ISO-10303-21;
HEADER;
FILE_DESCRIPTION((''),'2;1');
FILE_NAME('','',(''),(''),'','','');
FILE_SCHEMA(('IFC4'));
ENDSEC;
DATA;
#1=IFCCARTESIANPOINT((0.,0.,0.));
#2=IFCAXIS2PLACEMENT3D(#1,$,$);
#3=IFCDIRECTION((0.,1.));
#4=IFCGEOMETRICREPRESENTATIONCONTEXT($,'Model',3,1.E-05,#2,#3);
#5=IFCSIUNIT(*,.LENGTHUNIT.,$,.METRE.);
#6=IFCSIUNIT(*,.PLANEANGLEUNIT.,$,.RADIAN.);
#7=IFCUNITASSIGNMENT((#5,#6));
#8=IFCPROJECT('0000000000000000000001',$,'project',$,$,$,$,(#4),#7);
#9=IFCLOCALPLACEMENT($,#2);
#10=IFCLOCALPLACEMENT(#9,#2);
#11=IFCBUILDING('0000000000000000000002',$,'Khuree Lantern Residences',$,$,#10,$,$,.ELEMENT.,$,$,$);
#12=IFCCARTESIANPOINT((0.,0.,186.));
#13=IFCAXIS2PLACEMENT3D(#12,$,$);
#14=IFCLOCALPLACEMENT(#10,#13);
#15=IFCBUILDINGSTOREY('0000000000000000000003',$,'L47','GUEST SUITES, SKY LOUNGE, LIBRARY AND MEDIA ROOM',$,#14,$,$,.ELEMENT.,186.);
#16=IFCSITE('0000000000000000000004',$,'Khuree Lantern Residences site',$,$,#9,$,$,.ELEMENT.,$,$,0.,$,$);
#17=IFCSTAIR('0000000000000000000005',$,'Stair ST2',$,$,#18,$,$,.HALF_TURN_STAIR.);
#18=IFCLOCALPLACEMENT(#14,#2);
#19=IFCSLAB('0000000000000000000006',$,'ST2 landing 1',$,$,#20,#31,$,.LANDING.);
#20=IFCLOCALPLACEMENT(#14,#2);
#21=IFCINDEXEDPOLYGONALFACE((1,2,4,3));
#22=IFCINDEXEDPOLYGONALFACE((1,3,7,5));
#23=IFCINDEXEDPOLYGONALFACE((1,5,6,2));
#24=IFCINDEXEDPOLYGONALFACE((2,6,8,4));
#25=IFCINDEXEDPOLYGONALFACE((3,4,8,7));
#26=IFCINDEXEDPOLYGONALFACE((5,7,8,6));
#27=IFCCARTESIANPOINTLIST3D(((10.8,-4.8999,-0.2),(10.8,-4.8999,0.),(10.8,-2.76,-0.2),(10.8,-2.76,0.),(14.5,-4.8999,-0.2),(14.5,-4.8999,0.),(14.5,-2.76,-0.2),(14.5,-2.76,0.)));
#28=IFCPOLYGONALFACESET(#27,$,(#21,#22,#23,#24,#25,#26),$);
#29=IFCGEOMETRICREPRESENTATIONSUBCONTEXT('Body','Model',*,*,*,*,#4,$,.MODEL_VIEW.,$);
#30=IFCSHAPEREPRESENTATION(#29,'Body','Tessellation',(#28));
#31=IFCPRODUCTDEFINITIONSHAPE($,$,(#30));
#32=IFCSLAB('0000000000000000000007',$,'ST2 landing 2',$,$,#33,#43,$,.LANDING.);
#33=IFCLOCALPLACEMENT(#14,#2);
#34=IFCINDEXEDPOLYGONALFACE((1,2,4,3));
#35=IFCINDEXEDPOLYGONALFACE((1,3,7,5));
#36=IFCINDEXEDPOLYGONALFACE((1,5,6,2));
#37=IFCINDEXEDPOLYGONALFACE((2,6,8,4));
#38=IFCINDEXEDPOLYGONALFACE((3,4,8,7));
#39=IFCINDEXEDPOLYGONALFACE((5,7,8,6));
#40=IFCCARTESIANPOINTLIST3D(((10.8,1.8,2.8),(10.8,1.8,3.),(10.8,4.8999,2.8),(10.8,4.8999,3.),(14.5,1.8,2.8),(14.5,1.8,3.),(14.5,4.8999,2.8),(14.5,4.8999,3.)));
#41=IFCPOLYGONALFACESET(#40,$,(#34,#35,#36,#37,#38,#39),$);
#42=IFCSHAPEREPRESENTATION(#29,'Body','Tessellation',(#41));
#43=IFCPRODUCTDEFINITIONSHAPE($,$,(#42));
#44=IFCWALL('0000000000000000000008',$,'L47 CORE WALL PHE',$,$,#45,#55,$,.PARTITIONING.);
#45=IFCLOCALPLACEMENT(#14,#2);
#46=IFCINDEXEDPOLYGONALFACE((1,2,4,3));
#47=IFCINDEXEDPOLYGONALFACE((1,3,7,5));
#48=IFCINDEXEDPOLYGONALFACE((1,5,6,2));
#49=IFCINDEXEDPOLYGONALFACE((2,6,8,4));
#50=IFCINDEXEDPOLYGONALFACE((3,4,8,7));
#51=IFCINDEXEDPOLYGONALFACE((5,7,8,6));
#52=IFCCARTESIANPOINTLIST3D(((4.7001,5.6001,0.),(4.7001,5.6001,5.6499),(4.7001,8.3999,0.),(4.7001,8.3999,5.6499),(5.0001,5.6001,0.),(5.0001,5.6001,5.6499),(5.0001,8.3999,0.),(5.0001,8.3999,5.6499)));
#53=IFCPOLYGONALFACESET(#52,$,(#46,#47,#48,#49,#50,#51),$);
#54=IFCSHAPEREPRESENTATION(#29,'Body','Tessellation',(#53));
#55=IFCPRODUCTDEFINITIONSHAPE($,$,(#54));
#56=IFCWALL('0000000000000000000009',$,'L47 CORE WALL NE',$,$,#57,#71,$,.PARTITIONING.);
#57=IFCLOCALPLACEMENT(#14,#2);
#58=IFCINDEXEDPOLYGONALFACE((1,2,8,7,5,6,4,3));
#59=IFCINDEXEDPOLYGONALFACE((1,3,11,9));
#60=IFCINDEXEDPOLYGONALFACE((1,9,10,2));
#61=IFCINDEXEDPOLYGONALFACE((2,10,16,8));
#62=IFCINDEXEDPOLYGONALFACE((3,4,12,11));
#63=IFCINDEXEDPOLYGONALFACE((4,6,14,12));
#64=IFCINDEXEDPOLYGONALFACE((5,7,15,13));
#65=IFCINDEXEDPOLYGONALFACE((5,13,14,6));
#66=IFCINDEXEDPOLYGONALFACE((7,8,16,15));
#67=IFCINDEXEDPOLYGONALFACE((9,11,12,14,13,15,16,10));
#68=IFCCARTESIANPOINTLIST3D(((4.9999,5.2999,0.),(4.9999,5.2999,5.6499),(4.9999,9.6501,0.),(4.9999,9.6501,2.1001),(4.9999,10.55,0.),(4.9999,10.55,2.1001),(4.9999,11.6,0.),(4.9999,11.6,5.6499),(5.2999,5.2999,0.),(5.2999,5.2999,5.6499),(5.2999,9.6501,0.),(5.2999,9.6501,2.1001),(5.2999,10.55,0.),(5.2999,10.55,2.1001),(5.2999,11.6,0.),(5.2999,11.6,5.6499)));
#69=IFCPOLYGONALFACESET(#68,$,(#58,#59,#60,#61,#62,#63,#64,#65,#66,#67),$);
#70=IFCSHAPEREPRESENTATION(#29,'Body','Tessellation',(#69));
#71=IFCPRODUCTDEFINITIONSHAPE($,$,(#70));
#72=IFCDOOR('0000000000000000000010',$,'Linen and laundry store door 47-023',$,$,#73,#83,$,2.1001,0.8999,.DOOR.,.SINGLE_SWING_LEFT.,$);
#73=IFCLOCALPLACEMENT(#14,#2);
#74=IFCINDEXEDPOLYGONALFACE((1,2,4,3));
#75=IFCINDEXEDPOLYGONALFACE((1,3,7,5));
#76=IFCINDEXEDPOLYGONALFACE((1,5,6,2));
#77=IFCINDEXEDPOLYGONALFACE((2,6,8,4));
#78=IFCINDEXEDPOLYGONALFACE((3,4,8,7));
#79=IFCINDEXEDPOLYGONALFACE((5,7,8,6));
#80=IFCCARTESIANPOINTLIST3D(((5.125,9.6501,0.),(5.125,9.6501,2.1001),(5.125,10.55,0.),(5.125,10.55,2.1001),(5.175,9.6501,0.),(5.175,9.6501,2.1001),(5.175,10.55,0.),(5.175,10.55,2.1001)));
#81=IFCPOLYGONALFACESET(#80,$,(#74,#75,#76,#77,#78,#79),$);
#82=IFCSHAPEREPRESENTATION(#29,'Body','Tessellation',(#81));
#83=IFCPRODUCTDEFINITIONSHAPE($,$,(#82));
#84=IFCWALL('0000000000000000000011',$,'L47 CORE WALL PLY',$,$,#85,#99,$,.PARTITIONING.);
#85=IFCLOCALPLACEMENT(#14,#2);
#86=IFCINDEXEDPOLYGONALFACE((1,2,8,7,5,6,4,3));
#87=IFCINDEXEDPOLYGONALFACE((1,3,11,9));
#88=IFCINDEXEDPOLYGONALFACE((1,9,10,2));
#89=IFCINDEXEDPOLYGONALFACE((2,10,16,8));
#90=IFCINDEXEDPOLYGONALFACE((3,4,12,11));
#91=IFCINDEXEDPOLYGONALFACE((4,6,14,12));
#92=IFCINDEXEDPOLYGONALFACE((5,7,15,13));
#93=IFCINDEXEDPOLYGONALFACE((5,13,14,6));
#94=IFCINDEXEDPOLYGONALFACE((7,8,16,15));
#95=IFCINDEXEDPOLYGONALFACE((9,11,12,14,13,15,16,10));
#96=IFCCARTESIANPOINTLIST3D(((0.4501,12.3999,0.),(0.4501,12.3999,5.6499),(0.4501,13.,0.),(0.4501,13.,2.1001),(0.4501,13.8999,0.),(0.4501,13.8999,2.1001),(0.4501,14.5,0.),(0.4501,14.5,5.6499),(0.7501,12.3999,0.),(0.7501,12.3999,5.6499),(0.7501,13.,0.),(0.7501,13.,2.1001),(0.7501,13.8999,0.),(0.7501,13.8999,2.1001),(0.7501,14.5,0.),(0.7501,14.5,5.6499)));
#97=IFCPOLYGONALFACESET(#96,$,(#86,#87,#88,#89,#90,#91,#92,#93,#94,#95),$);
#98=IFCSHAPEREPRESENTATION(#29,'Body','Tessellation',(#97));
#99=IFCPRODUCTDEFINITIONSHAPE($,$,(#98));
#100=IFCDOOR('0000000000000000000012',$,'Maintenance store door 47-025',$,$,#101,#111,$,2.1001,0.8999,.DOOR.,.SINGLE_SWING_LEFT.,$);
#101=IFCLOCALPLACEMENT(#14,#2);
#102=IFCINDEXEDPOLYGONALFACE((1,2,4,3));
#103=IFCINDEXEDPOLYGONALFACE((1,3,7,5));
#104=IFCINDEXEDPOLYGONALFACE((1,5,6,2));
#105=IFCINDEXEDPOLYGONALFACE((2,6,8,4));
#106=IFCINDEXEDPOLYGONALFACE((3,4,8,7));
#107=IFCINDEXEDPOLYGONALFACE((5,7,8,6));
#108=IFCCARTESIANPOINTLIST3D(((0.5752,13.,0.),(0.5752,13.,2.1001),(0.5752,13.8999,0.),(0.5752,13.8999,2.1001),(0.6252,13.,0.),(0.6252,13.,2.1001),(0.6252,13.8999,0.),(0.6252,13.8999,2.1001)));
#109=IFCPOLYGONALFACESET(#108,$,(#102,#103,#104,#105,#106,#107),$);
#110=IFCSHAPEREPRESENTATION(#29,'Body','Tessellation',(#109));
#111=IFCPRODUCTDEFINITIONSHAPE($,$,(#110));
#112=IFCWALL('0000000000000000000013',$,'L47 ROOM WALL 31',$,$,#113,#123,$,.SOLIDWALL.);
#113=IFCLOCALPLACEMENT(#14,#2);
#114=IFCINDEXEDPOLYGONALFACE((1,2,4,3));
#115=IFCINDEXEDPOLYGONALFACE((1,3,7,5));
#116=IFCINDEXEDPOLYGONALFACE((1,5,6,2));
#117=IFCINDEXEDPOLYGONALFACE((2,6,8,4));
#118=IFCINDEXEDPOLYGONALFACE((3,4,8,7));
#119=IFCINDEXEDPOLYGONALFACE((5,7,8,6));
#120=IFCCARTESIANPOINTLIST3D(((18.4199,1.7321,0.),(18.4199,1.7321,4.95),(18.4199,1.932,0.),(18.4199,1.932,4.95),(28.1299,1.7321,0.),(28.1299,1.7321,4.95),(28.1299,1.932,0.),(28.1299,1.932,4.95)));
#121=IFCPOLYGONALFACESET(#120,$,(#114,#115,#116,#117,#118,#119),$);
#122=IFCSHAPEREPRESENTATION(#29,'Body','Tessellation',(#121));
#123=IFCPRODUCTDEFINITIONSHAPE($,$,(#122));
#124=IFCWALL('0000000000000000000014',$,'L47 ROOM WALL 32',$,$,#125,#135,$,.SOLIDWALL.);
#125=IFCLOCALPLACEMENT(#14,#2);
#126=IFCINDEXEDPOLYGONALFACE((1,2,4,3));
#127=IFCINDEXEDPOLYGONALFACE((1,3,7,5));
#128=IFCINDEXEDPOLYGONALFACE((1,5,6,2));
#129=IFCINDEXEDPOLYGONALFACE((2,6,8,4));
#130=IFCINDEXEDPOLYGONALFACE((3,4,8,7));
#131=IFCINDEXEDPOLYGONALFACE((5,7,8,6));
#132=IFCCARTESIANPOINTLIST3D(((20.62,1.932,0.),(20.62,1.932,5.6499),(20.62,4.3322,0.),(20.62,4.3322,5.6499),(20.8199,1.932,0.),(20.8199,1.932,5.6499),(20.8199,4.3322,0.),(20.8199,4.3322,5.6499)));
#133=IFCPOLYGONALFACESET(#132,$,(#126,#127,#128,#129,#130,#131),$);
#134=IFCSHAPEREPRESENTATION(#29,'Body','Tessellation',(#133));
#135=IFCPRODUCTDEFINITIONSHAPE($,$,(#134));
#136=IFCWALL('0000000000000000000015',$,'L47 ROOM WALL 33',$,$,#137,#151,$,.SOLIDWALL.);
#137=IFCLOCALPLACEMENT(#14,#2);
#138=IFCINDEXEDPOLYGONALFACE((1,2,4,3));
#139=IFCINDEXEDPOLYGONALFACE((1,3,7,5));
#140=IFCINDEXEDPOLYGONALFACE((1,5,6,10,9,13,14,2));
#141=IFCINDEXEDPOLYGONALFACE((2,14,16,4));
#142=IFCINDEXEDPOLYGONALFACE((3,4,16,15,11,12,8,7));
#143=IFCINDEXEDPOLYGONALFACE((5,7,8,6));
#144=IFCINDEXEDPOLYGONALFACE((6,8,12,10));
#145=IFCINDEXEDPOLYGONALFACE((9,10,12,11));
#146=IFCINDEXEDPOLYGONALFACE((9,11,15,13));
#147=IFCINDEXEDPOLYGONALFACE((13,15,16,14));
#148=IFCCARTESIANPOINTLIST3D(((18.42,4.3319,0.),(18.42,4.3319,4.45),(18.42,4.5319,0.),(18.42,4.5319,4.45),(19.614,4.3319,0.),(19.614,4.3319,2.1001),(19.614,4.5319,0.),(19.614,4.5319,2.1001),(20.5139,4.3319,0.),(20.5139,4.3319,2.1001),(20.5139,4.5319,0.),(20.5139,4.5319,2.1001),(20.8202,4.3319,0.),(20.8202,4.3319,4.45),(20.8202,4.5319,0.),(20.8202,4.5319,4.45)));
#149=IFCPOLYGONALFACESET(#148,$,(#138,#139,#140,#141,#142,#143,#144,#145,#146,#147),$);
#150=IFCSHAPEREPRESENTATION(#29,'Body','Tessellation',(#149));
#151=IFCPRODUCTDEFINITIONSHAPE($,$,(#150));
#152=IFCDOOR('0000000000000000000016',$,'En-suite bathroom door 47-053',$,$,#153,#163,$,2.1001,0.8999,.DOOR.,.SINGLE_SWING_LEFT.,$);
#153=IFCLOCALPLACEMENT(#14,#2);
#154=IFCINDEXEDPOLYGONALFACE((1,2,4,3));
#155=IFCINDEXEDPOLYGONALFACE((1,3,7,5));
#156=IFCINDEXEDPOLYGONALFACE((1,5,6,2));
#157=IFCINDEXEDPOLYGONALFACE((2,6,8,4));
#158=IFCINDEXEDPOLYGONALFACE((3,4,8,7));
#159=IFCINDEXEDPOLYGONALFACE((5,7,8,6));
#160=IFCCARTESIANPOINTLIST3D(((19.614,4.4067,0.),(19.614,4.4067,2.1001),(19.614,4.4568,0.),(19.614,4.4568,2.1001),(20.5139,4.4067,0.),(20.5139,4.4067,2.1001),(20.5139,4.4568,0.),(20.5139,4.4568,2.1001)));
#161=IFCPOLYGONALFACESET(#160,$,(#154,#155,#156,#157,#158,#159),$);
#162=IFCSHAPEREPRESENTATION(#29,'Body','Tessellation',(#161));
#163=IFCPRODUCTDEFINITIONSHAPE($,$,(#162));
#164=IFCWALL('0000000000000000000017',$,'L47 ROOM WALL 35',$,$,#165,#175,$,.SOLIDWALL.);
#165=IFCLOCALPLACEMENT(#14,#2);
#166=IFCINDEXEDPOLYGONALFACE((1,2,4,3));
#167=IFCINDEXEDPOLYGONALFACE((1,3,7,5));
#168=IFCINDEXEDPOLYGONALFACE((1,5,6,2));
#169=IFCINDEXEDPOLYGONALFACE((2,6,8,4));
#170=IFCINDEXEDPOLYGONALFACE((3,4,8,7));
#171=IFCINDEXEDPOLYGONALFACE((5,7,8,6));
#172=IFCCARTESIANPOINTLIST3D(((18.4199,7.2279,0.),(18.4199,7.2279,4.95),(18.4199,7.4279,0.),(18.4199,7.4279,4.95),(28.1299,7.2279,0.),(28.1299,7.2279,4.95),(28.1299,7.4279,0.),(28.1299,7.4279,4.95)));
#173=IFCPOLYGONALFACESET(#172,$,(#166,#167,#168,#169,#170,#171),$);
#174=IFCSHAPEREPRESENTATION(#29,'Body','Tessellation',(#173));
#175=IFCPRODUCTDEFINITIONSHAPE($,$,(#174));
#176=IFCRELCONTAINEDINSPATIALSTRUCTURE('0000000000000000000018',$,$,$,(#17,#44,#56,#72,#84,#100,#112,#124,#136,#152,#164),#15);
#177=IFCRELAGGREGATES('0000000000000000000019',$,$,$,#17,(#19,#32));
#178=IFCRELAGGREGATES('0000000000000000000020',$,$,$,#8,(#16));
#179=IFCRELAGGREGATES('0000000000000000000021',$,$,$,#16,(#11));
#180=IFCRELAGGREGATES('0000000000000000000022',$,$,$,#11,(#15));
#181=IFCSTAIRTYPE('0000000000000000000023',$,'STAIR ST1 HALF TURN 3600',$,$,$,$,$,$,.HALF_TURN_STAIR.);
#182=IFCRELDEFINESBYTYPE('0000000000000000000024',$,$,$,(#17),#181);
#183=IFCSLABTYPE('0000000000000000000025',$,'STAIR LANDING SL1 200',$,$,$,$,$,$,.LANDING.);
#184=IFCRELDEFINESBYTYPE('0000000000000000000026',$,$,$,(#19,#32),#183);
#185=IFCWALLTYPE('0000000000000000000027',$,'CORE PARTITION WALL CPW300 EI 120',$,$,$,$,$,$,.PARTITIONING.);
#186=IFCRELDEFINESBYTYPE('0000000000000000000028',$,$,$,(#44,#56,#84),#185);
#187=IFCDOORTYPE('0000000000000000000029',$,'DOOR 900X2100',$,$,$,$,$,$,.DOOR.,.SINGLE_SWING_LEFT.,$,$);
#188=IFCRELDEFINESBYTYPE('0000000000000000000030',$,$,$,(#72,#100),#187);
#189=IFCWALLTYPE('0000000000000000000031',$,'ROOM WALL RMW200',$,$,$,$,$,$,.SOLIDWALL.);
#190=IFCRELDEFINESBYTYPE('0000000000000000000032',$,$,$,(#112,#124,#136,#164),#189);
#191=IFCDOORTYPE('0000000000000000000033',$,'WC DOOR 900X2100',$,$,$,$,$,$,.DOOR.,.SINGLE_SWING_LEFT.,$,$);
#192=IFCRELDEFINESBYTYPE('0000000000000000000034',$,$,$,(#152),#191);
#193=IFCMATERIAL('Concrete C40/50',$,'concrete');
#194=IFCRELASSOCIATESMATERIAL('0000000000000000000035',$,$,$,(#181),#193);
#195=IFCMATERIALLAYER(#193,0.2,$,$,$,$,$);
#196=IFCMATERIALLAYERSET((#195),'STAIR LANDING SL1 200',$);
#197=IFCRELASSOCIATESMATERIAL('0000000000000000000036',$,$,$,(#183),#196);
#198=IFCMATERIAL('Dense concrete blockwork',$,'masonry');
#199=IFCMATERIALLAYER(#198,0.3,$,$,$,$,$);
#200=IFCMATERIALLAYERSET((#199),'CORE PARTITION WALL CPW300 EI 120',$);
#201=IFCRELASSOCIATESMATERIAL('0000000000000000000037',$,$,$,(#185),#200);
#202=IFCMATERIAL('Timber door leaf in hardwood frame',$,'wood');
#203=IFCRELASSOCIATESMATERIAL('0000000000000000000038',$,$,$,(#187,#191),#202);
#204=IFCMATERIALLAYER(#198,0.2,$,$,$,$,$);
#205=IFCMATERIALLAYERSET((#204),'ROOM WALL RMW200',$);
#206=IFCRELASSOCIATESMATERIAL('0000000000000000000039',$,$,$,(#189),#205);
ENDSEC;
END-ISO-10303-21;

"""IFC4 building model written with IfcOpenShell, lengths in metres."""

from ifc_helpers import new_model, si_unit, direction, frame, frame_2d, origin, place, context, subcontext, project, spatial, polyline, rectangle, outline, extrude, material, layer, layer_set, type_object, element, fill, aggregate, save


model = new_model("IFC4")

# Units and contexts
model_context = context("Model", 3, precision=1e-05, world=origin(), true_north=direction((0.0, 1.0)))
body_context = subcontext(model_context, "Body", "Model", "MODEL_VIEW")
ifc_project = project(units=[si_unit("LENGTHUNIT", "METRE"), si_unit("PLANEANGLEUNIT", "RADIAN")], contexts=[model_context])

# Site, building, storey
site_placement = place(None, origin())
site = spatial("IfcSite", under=ifc_project, at=site_placement, Name="Khuree Lantern Residences site", CompositionType="ELEMENT", RefElevation=0.0)
building_placement = place(site_placement, origin())
building = spatial("IfcBuilding", under=site, at=building_placement, Name="Khuree Lantern Residences", CompositionType="ELEMENT")
storey_placement = place(building_placement, frame((0.0, 0.0, 186.0)))
storey = spatial("IfcBuildingStorey", under=building, at=storey_placement, Name="L47", Description="GUEST SUITES, SKY LOUNGE, LIBRARY AND MEDIA ROOM", CompositionType="ELEMENT", Elevation=186.0)

# Stair, slabs
ifc_material_1 = material(Name="Concrete C40/50", Category="concrete")
stair_type = type_object("IfcStairType", Name="STAIR ST1 HALF TURN 3600", PredefinedType="HALF_TURN_STAIR", material=ifc_material_1)
stair_placement = place(storey_placement, origin())
stair = element("IfcStair", 1, at=stair_placement, inside=storey, type_object=stair_type, Name="Stair ST2", PredefinedType="HALF_TURN_STAIR")
ifc_layer_1 = layer(ifc_material_1, 0.2)
ifc_layer_set_1 = layer_set([ifc_layer_1], Name="STAIR LANDING SL1 200")
slab_type = type_object("IfcSlabType", Name="STAIR LANDING SL1 200", PredefinedType="LANDING", material=ifc_layer_set_1)
slab_1_placement = place(storey_placement, frame((0.0, 0.0, -0.2)))
slab_1 = element("IfcSlab", 2, at=slab_1_placement, type_object=slab_type, Name="ST2 landing 1", PredefinedType="LANDING", context=body_context, shape_type="SweptSolid", body=[
    extrude(outline(polyline([(10.8, -4.8999), (14.5, -4.8999), (14.5, -2.76), (10.8, -2.76), (10.8, -4.8999)])), origin(), (0.0, 0.0, 1.0), 0.2),
])
slab_2_placement = place(storey_placement, frame((0.0, 0.0, 2.8)))
slab_2 = element("IfcSlab", 3, at=slab_2_placement, type_object=slab_type, Name="ST2 landing 2", PredefinedType="LANDING", context=body_context, shape_type="SweptSolid", body=[
    extrude(outline(polyline([(14.5, 4.8999), (14.5, 1.8), (10.8, 1.8), (10.8, 4.8999), (14.5, 4.8999)])), origin(), (0.0, 0.0, 1.0), 0.2),
])

# Wall
ifc_material_2 = material(Name="Dense concrete blockwork", Category="masonry")
ifc_layer_2 = layer(ifc_material_2, 0.3)
ifc_layer_set_2 = layer_set([ifc_layer_2], Name="CORE PARTITION WALL CPW300 EI 120")
wall_type_1 = type_object("IfcWallType", Name="CORE PARTITION WALL CPW300 EI 120", PredefinedType="PARTITIONING", material=ifc_layer_set_2)
wall_1_placement = place(storey_placement, frame((4.8501, 5.6001, 0.0), z_axis=(0.0, 0.0, 1.0), x_axis=(0.0, 1.0, 0.0)))
element("IfcWall", 4, at=wall_1_placement, inside=storey, type_object=wall_type_1, Name="L47 CORE WALL PHE", PredefinedType="PARTITIONING", context=body_context, shape_type="SweptSolid", body=[
    extrude(rectangle(XDim=2.7998, YDim=0.3, at=frame_2d((1.3999, 0.0))), origin(), (0.0, 0.0, 1.0), 5.6499),
])

# Walls, openings, doors
wall_2_placement = place(storey_placement, frame((5.1499, 5.3, 0.0), z_axis=(0.0, 0.0, 1.0), x_axis=(0.0, 1.0, 0.0)))
wall_2 = element("IfcWall", 5, at=wall_2_placement, inside=storey, type_object=wall_type_1, Name="L47 CORE WALL NE", PredefinedType="PARTITIONING", context=body_context, shape_type="SweptSolid", body=[
    extrude(rectangle(XDim=6.3, YDim=0.3, at=frame_2d((3.1499, 0.0))), origin(), (0.0, 0.0, 1.0), 5.6499),
])
opening_1_placement = place(wall_2_placement, frame((4.3501, 0.0, 0.0)))
opening_1 = element("IfcOpeningElement", 6, at=opening_1_placement, cuts=wall_2, PredefinedType="OPENING", context=body_context, shape_type="SweptSolid", body=[
    extrude(rectangle(XDim=0.8999, YDim=2.1001, at=frame_2d((0.45, 1.05))), frame((0.0, 0.1602, 0.0), z_axis=(0.0, -1.0, 0.0), x_axis=(1.0, 0.0, 0.0)), (0.0, 0.0, 1.0), 0.3201),
])
ifc_material_3 = material(Name="Timber door leaf in hardwood frame", Category="wood")
door_type_1 = type_object("IfcDoorType", Name="DOOR 900X2100", OperationType="SINGLE_SWING_LEFT", PredefinedType="DOOR", material=ifc_material_3)
door_1_placement = place(opening_1_placement, origin())
door_1 = element("IfcDoor", 7, at=door_1_placement, inside=storey, type_object=door_type_1, Name="Linen and laundry store door 47-023", OperationType="SINGLE_SWING_LEFT", OverallHeight=2.1001, OverallWidth=0.8999, PredefinedType="DOOR", context=body_context, shape_type="SweptSolid", body=[
    extrude(rectangle(XDim=0.8999, YDim=2.1001, at=frame_2d((0.45, 1.05))), frame((0.0, 0.0249, 0.0), z_axis=(0.0, -1.0, 0.0), x_axis=(1.0, 0.0, 0.0)), (0.0, 0.0, 1.0), 0.05),
])
fill(opening_1, door_1)
wall_3_placement = place(storey_placement, frame((0.6001, 12.3999, 0.0), z_axis=(0.0, 0.0, 1.0), x_axis=(0.0, 1.0, 0.0)))
wall_3 = element("IfcWall", 8, at=wall_3_placement, inside=storey, type_object=wall_type_1, Name="L47 CORE WALL PLY", PredefinedType="PARTITIONING", context=body_context, shape_type="SweptSolid", body=[
    extrude(rectangle(XDim=2.1001, YDim=0.3, at=frame_2d((1.05, 0.0))), origin(), (0.0, 0.0, 1.0), 5.6499),
])
opening_2_placement = place(wall_3_placement, frame((0.6001, 0.0, 0.0)))
opening_2 = element("IfcOpeningElement", 9, at=opening_2_placement, cuts=wall_3, PredefinedType="OPENING", context=body_context, shape_type="SweptSolid", body=[
    extrude(rectangle(XDim=0.8999, YDim=2.1001, at=frame_2d((0.45, 1.05))), frame((0.0, 0.1602, 0.0), z_axis=(0.0, -1.0, 0.0), x_axis=(1.0, 0.0, 0.0)), (0.0, 0.0, 1.0), 0.3201),
])
door_2_placement = place(opening_2_placement, origin())
door_2 = element("IfcDoor", 10, at=door_2_placement, inside=storey, type_object=door_type_1, Name="Maintenance store door 47-025", OperationType="SINGLE_SWING_LEFT", OverallHeight=2.1001, OverallWidth=0.8999, PredefinedType="DOOR", context=body_context, shape_type="SweptSolid", body=[
    extrude(rectangle(XDim=0.8999, YDim=2.1001, at=frame_2d((0.45, 1.05))), frame((0.0, 0.0249, 0.0), z_axis=(0.0, -1.0, 0.0), x_axis=(1.0, 0.0, 0.0)), (0.0, 0.0, 1.0), 0.05),
])
fill(opening_2, door_2)

# Walls
ifc_layer_3 = layer(ifc_material_2, 0.2)
ifc_layer_set_3 = layer_set([ifc_layer_3], Name="ROOM WALL RMW200")
wall_type_2 = type_object("IfcWallType", Name="ROOM WALL RMW200", PredefinedType="SOLIDWALL", material=ifc_layer_set_3)
wall_4_placement = place(storey_placement, frame((18.4199, 1.832, 0.0), z_axis=(0.0, 0.0, 1.0), x_axis=(1.0, 0.0, 0.0)))
element("IfcWall", 11, at=wall_4_placement, inside=storey, type_object=wall_type_2, Name="L47 ROOM WALL 31", PredefinedType="SOLIDWALL", context=body_context, shape_type="SweptSolid", body=[
    extrude(rectangle(XDim=9.71, YDim=0.2, at=frame_2d((4.855, 0.0))), origin(), (0.0, 0.0, 1.0), 4.95),
])
wall_5_placement = place(storey_placement, frame((20.72, 1.9319, 0.0), z_axis=(0.0, 0.0, 1.0), x_axis=(0.0, 1.0, 0.0)))
element("IfcWall", 12, at=wall_5_placement, inside=storey, type_object=wall_type_2, Name="L47 ROOM WALL 32", PredefinedType="SOLIDWALL", context=body_context, shape_type="SweptSolid", body=[
    extrude(rectangle(XDim=2.4001, YDim=0.2, at=frame_2d((1.2002, 0.0))), origin(), (0.0, 0.0, 1.0), 5.6499),
])

# Wall, opening, door
wall_6_placement = place(storey_placement, frame((18.4199, 4.4319, 0.0), z_axis=(0.0, 0.0, 1.0), x_axis=(1.0, 0.0, 0.0)))
wall_6 = element("IfcWall", 13, at=wall_6_placement, inside=storey, type_object=wall_type_2, Name="L47 ROOM WALL 33", PredefinedType="SOLIDWALL", context=body_context, shape_type="SweptSolid", body=[
    extrude(rectangle(XDim=2.4001, YDim=0.2, at=frame_2d((1.2002, 0.0))), origin(), (0.0, 0.0, 1.0), 4.45),
])
opening_3_placement = place(wall_6_placement, frame((1.1941, 0.0, 0.0)))
opening_3 = element("IfcOpeningElement", 14, at=opening_3_placement, cuts=wall_6, PredefinedType="OPENING", context=body_context, shape_type="SweptSolid", body=[
    extrude(rectangle(XDim=0.8999, YDim=2.1001, at=frame_2d((0.45, 1.05))), frame((0.0, 0.1099, 0.0), z_axis=(0.0, -1.0, 0.0), x_axis=(1.0, 0.0, 0.0)), (0.0, 0.0, 1.0), 0.22),
])
door_type_2 = type_object("IfcDoorType", Name="WC DOOR 900X2100", OperationType="SINGLE_SWING_LEFT", PredefinedType="DOOR", material=ifc_material_3)
door_3_placement = place(opening_3_placement, origin())
door_3 = element("IfcDoor", 15, at=door_3_placement, inside=storey, type_object=door_type_2, Name="En-suite bathroom door 47-053", OperationType="SINGLE_SWING_LEFT", OverallHeight=2.1001, OverallWidth=0.8999, PredefinedType="DOOR", context=body_context, shape_type="SweptSolid", body=[
    extrude(rectangle(XDim=0.8999, YDim=2.1001, at=frame_2d((0.45, 1.05))), frame((0.0, 0.0249, 0.0), z_axis=(0.0, -1.0, 0.0), x_axis=(1.0, 0.0, 0.0)), (0.0, 0.0, 1.0), 0.05),
])
fill(opening_3, door_3)

# Wall
wall_7_placement = place(storey_placement, frame((18.4199, 7.3279, 0.0), z_axis=(0.0, 0.0, 1.0), x_axis=(1.0, 0.0, 0.0)))
element("IfcWall", 16, at=wall_7_placement, inside=storey, type_object=wall_type_2, Name="L47 ROOM WALL 35", PredefinedType="SOLIDWALL", context=body_context, shape_type="SweptSolid", body=[
    extrude(rectangle(XDim=9.71, YDim=0.2, at=frame_2d((4.855, 0.0))), origin(), (0.0, 0.0, 1.0), 4.95),
])

aggregate(stair, [slab_1, slab_2])

save(model, "model.ifc")
